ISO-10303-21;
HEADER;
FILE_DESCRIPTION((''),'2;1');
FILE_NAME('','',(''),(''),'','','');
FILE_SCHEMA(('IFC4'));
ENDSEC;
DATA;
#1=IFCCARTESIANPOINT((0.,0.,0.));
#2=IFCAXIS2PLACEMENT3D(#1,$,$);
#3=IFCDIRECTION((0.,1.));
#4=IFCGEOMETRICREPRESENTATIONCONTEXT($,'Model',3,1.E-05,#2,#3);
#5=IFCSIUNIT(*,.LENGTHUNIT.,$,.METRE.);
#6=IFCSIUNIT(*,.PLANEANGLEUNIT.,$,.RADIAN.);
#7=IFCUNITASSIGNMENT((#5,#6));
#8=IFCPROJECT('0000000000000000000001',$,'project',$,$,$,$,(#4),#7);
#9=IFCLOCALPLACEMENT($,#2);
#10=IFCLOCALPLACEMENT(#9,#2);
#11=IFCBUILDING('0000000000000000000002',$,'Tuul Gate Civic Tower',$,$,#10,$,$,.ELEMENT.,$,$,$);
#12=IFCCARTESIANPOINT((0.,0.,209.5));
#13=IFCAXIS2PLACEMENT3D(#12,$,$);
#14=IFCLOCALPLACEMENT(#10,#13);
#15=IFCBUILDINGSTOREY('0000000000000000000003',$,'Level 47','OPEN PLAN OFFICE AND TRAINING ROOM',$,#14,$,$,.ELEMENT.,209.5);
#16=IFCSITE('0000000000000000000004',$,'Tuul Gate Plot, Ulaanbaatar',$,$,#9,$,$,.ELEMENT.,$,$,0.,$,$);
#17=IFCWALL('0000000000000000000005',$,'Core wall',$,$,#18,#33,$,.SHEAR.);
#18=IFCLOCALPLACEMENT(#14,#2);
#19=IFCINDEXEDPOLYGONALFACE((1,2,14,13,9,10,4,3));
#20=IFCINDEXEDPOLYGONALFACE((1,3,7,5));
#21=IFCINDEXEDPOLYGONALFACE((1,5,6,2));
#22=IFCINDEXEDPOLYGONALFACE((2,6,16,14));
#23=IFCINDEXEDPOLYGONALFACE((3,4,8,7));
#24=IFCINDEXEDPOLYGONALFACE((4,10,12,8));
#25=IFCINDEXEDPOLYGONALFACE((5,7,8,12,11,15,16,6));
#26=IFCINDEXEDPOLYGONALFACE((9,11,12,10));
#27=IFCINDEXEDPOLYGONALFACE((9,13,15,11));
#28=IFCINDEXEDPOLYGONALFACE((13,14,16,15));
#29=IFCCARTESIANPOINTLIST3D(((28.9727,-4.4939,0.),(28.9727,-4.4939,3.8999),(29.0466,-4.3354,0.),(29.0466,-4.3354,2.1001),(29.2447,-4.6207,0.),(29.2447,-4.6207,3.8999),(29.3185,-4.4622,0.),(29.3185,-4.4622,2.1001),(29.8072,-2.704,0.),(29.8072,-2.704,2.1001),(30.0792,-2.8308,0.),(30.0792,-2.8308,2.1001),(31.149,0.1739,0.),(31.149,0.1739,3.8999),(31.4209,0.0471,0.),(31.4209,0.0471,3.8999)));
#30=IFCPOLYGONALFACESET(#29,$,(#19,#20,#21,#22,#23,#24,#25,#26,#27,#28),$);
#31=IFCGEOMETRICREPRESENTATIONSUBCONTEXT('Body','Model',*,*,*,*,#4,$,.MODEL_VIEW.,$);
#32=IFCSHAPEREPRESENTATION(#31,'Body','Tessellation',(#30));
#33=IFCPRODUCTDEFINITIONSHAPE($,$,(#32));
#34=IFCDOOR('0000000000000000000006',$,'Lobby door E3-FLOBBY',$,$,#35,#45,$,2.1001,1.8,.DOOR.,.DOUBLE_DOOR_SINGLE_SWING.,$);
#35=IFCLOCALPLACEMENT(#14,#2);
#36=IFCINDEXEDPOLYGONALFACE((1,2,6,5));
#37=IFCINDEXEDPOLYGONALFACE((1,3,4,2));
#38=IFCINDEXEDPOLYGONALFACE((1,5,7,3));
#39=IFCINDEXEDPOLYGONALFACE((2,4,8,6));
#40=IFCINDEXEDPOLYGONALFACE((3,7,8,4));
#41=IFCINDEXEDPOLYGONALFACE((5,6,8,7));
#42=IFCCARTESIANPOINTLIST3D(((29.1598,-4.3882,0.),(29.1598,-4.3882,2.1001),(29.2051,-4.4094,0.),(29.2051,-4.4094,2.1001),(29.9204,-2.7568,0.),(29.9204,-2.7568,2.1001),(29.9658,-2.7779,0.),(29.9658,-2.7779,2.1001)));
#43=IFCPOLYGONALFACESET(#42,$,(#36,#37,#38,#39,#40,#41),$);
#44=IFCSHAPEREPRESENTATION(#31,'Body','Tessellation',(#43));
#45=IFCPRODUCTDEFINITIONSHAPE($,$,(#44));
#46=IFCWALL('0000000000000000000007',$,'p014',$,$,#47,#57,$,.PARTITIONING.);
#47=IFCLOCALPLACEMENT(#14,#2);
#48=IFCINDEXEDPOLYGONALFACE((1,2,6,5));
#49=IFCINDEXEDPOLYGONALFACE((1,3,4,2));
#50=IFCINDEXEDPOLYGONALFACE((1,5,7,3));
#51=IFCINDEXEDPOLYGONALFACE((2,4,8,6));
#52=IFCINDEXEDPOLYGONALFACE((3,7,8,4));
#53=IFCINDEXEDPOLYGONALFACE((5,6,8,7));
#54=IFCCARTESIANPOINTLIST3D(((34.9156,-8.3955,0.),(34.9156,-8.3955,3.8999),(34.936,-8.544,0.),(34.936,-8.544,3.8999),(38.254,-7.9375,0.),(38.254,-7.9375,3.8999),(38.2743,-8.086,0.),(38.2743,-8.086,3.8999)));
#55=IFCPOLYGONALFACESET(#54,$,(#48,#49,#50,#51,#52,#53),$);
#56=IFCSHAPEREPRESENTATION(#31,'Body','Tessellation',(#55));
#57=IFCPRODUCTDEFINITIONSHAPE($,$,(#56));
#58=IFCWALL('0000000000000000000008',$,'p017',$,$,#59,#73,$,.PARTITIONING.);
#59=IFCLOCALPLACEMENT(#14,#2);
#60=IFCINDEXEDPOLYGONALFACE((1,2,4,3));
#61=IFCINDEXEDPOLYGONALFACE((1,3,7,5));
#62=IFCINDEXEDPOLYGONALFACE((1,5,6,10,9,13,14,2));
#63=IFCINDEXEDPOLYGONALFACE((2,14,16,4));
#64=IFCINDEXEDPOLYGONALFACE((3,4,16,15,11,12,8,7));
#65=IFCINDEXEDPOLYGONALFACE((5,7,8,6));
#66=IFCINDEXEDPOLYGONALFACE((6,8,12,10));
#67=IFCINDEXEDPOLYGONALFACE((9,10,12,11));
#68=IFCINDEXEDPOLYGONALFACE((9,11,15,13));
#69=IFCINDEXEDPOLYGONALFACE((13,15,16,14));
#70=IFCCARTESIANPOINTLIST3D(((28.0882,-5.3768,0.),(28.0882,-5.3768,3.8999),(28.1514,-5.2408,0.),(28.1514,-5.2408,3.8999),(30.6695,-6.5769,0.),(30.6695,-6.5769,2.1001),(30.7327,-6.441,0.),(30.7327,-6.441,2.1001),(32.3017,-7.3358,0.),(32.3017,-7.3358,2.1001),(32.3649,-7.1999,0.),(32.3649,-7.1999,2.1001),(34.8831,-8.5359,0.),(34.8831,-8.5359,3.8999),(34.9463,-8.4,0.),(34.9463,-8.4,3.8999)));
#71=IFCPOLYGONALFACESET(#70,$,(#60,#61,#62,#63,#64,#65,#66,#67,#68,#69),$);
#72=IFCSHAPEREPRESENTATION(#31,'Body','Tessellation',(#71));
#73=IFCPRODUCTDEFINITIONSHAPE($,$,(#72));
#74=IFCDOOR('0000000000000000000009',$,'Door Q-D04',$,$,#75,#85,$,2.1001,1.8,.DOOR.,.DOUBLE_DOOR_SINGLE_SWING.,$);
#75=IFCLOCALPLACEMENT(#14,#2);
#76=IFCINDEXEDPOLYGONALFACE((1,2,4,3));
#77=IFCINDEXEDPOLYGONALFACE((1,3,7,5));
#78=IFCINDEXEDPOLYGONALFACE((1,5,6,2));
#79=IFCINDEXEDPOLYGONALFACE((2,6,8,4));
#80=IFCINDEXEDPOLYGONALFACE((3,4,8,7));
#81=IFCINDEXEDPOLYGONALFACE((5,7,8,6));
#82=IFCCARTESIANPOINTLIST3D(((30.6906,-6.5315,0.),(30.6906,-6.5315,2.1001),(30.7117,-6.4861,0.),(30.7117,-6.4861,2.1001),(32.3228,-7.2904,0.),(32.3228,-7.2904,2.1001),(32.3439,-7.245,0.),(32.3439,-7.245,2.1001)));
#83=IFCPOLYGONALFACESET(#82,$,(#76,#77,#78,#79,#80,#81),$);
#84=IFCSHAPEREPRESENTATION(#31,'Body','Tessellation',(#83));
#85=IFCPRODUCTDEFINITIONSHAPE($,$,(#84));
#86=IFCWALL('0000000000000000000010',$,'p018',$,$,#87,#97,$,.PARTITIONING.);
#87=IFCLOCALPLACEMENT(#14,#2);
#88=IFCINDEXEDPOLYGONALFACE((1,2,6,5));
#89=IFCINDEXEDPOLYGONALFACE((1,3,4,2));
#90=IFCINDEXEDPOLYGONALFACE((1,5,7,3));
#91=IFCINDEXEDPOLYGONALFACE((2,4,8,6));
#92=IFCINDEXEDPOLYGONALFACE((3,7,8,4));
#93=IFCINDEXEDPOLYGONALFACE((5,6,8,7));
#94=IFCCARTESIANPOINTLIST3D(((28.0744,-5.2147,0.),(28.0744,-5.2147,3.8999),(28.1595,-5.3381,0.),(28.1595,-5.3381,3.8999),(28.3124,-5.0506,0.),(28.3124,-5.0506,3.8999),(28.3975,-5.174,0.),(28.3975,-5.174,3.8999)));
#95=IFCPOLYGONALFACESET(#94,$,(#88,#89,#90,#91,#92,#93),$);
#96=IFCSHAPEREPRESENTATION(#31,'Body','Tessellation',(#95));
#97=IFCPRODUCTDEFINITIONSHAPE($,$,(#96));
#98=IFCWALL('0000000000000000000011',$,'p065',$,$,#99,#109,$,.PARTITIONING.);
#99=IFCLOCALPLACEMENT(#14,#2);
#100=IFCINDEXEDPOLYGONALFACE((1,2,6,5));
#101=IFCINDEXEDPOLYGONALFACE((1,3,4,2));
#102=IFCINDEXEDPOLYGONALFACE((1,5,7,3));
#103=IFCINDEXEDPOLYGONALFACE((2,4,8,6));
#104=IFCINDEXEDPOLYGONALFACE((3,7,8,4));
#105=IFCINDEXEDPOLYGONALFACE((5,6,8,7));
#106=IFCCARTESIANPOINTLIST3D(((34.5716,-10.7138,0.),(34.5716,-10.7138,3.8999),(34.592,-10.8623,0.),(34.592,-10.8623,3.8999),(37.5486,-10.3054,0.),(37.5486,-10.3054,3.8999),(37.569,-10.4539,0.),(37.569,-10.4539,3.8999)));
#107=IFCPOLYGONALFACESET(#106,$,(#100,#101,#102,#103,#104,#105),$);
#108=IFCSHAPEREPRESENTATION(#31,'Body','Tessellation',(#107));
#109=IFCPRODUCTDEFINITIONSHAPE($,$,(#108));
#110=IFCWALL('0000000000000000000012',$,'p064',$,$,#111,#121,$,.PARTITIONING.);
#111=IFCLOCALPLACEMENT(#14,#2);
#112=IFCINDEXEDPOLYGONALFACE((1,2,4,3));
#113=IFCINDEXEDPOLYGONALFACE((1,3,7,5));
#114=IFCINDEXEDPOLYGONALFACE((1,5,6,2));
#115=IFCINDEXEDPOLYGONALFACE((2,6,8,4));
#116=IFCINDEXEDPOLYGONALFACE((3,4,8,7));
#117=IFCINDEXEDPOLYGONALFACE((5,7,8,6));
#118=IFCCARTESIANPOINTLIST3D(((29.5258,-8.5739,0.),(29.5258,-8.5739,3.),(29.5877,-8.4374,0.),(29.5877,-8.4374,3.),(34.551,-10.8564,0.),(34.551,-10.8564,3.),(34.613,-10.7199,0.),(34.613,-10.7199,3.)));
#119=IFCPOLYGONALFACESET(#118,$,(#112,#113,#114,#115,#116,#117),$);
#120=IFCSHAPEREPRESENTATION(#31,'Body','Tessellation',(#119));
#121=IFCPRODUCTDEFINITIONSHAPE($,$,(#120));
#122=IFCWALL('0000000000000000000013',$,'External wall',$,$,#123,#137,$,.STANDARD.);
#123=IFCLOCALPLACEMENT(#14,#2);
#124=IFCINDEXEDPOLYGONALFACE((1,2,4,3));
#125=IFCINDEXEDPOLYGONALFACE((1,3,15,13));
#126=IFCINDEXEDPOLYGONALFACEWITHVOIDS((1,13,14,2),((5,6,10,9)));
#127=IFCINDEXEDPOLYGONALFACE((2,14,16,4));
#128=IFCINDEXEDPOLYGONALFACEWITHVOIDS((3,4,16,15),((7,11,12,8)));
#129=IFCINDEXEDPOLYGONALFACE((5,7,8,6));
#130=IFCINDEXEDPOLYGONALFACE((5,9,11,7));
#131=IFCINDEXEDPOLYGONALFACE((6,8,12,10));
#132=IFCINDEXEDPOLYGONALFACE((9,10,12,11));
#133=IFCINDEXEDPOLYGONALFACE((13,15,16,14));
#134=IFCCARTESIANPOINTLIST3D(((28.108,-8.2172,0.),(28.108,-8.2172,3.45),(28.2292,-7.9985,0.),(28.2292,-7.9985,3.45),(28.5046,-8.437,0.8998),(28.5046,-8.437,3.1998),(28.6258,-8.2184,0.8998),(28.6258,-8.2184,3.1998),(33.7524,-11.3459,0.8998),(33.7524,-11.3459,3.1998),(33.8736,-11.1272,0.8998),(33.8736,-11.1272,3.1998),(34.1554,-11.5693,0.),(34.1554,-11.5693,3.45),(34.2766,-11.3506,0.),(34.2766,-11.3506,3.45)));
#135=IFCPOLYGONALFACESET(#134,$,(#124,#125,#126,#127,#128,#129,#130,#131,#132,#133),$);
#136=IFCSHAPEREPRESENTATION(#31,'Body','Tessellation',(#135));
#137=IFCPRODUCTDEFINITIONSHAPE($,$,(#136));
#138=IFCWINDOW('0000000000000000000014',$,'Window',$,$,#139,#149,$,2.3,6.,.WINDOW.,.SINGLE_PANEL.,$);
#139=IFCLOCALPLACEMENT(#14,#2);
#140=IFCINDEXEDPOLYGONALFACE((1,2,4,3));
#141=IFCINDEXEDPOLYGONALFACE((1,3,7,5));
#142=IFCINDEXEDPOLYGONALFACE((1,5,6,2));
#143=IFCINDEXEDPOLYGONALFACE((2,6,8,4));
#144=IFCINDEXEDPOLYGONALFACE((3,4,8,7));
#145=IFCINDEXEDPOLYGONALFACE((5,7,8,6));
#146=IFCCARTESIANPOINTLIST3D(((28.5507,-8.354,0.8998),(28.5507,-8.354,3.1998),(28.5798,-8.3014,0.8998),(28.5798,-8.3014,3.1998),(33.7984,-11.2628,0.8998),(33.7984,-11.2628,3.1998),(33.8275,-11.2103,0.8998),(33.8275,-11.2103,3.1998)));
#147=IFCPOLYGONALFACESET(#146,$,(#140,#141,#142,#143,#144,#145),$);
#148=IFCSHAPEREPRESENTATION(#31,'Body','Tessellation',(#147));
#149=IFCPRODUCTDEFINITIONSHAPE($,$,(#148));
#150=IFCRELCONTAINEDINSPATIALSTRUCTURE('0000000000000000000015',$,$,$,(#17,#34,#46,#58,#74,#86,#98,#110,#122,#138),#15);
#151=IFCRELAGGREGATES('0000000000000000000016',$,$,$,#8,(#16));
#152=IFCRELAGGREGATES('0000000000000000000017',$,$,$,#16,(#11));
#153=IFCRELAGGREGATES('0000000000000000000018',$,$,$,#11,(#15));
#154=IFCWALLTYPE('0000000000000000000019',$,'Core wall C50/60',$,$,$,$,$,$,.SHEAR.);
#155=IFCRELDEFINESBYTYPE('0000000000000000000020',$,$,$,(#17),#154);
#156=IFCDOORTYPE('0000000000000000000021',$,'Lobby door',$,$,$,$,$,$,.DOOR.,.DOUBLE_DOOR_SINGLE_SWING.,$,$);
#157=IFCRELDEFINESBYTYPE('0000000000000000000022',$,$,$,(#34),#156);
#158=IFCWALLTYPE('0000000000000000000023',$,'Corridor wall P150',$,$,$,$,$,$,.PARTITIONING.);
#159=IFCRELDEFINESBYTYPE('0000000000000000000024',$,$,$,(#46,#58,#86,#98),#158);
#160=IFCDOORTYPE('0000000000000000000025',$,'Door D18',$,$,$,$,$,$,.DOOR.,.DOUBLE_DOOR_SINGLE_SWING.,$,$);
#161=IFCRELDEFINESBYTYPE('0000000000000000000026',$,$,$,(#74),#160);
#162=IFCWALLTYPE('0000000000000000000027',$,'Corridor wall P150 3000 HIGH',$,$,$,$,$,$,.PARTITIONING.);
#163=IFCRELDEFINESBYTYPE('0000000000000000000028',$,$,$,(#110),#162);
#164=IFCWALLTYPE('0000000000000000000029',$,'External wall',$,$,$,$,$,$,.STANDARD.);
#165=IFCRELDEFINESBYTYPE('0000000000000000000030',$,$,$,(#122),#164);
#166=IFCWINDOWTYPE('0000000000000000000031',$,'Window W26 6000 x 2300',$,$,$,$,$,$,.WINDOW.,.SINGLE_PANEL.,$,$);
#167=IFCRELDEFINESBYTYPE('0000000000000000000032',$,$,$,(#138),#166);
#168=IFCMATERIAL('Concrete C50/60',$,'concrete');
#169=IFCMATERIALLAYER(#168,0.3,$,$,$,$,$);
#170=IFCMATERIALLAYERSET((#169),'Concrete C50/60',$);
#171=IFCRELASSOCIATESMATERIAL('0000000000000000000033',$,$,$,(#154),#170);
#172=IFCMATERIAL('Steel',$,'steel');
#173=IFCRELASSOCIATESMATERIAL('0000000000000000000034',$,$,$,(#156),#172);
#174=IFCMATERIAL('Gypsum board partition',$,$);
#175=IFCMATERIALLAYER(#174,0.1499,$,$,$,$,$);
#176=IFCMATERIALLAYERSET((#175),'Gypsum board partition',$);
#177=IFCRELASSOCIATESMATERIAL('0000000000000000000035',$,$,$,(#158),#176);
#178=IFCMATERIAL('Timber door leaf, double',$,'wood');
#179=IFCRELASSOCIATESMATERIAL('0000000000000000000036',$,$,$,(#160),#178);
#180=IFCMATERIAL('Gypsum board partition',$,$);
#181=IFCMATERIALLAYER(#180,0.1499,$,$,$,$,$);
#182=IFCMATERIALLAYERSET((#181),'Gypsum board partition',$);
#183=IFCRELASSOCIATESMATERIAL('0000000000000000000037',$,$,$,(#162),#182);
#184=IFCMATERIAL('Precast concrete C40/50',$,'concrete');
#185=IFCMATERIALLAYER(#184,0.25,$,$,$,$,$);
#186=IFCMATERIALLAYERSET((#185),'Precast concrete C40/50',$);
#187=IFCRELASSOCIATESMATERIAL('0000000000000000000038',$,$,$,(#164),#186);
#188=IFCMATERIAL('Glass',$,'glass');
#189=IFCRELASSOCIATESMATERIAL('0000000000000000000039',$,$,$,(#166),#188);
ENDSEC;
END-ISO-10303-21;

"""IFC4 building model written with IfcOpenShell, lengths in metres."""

from ifc_helpers import new_model, si_unit, direction, frame, frame_2d, origin, place, context, subcontext, project, spatial, rectangle, extrude, material, layer, layer_set, type_object, element, fill, save


model = new_model("IFC4")

# Units and contexts
model_context = context("Model", 3, precision=1e-05, world=origin(), true_north=direction((0.0, 1.0)))
body_context = subcontext(model_context, "Body", "Model", "MODEL_VIEW")
ifc_project = project(units=[si_unit("LENGTHUNIT", "METRE"), si_unit("PLANEANGLEUNIT", "RADIAN")], contexts=[model_context])

# Site, building, storey
site_placement = place(None, origin())
site = spatial("IfcSite", under=ifc_project, at=site_placement, Name="Tuul Gate Plot, Ulaanbaatar", CompositionType="ELEMENT", RefElevation=0.0)
building_placement = place(site_placement, origin())
building = spatial("IfcBuilding", under=site, at=building_placement, Name="Tuul Gate Civic Tower", CompositionType="ELEMENT")
storey_placement = place(building_placement, frame((0.0, 0.0, 209.5)))
storey = spatial("IfcBuildingStorey", under=building, at=storey_placement, Name="Level 47", Description="OPEN PLAN OFFICE AND TRAINING ROOM", CompositionType="ELEMENT", Elevation=209.5)

# Shared definitions
ifc_material_1 = material(Name="Concrete C50/60", Category="concrete")
ifc_layer_1 = layer(ifc_material_1, 0.3)
ifc_layer_set_1 = layer_set([ifc_layer_1], Name="Concrete C50/60")
wall_type_1 = type_object("IfcWallType", Name="Core wall C50/60", PredefinedType="SHEAR", material=ifc_layer_set_1)
ifc_material_2 = material(Name="Steel", Category="steel")
door_type_1 = type_object("IfcDoorType", Name="Lobby door", OperationType="DOUBLE_DOOR_SINGLE_SWING", PredefinedType="DOOR", material=ifc_material_2)

# Wall, opening, door
wall_1_placement = place(storey_placement, frame((29.1086, -4.5574, 0.0), z_axis=(0.0, 0.0, 1.0), x_axis=(0.422566, 0.906332, 0.0)))
wall_1 = element("IfcWall", 1, at=wall_1_placement, inside=storey, type_object=wall_type_1, Name="Core wall", PredefinedType="SHEAR", context=body_context, shape_type="SweptSolid", body=[
    extrude(rectangle(XDim=5.1501, YDim=0.3, at=frame_2d((2.5752, 0.0))), origin(), (0.0, 0.0, 1.0), 3.8999),
])
opening_1_placement = place(wall_1_placement, frame((0.175, 0.0, 0.0)))
opening_1 = element("IfcOpeningElement", 2, at=opening_1_placement, cuts=wall_1, PredefinedType="OPENING", context=body_context, shape_type="SweptSolid", body=[
    extrude(rectangle(XDim=1.8, YDim=2.1001, at=frame_2d((0.8999, 1.05))), frame((0.0, 0.1602, 0.0), z_axis=(0.0, -1.0, 0.0), x_axis=(1.0, 0.0, 0.0)), (0.0, 0.0, 1.0), 0.3201),
])
door_1_placement = place(opening_1_placement, frame((1.8, 0.0, 0.0), z_axis=(0.0, 0.0, 1.0), x_axis=(-1.0, 0.0, 0.0)))
door_1 = element("IfcDoor", 3, at=door_1_placement, inside=storey, type_object=door_type_1, Name="Lobby door E3-FLOBBY", OperationType="DOUBLE_DOOR_SINGLE_SWING", OverallHeight=2.1001, OverallWidth=1.8, PredefinedType="DOOR", context=body_context, shape_type="SweptSolid", body=[
    extrude(rectangle(XDim=1.8, YDim=2.1001, at=frame_2d((0.9001, 1.05))), frame((0.0, 0.0249, 0.0), z_axis=(0.0, -1.0, 0.0), x_axis=(1.0, 0.0, 0.0)), (0.0, 0.0, 1.0), 0.05),
])
fill(opening_1, door_1)

# Wall
ifc_material_3 = material(Name="Gypsum board partition")
ifc_layer_2 = layer(ifc_material_3, 0.1499)
ifc_layer_set_2 = layer_set([ifc_layer_2], Name="Gypsum board partition")
wall_type_2 = type_object("IfcWallType", Name="Corridor wall P150", PredefinedType="PARTITIONING", material=ifc_layer_set_2)
wall_2_placement = place(storey_placement, frame((34.9258, -8.4697, 0.0), z_axis=(0.0, 0.0, 1.0), x_axis=(0.99072, 0.135921, 0.0)))
element("IfcWall", 4, at=wall_2_placement, inside=storey, type_object=wall_type_2, Name="p014", PredefinedType="PARTITIONING", context=body_context, shape_type="SweptSolid", body=[
    extrude(rectangle(XDim=3.3696, YDim=0.1499, at=frame_2d((1.6848, 0.0))), origin(), (0.0, 0.0, 1.0), 3.8999),
])

# Wall, opening, door
wall_3_placement = place(storey_placement, frame((28.1199, -5.3088, 0.0), z_axis=(0.0, 0.0, 1.0), x_axis=(0.906785, -0.421594, 0.0)))
wall_3 = element("IfcWall", 5, at=wall_3_placement, inside=storey, type_object=wall_type_2, Name="p017", PredefinedType="PARTITIONING", context=body_context, shape_type="SweptSolid", body=[
    extrude(rectangle(XDim=7.4934, YDim=0.1499, at=frame_2d((3.7466, 0.0))), origin(), (0.0, 0.0, 1.0), 3.8999),
])
opening_2_placement = place(wall_3_placement, frame((2.8467, 0.0, 0.0)))
opening_2 = element("IfcOpeningElement", 6, at=opening_2_placement, cuts=wall_3, PredefinedType="OPENING", context=body_context, shape_type="SweptSolid", body=[
    extrude(rectangle(XDim=1.8, YDim=2.1001, at=frame_2d((0.8999, 1.05))), frame((0.0, 0.085, 0.0), z_axis=(0.0, -1.0, 0.0), x_axis=(1.0, 0.0, 0.0)), (0.0, 0.0, 1.0), 0.1699),
])
ifc_material_4 = material(Name="Timber door leaf, double", Category="wood")
door_type_2 = type_object("IfcDoorType", Name="Door D18", OperationType="DOUBLE_DOOR_SINGLE_SWING", PredefinedType="DOOR", material=ifc_material_4)
door_2_placement = place(opening_2_placement, frame((1.8, 0.0, 0.0), z_axis=(0.0, 0.0, 1.0), x_axis=(-1.0, 0.0, 0.0)))
door_2 = element("IfcDoor", 7, at=door_2_placement, inside=storey, type_object=door_type_2, Name="Door Q-D04", OperationType="DOUBLE_DOOR_SINGLE_SWING", OverallHeight=2.1001, OverallWidth=1.8, PredefinedType="DOOR", context=body_context, shape_type="SweptSolid", body=[
    extrude(rectangle(XDim=1.8, YDim=2.1001, at=frame_2d((0.9001, 1.05))), frame((0.0, 0.0249, 0.0), z_axis=(0.0, -1.0, 0.0), x_axis=(1.0, 0.0, 0.0)), (0.0, 0.0, 1.0), 0.05),
])
fill(opening_2, door_2)

# Walls
wall_4_placement = place(storey_placement, frame((28.1169, -5.2764, 0.0), z_axis=(0.0, 0.0, 1.0), x_axis=(0.823376, 0.567496, 0.0)))
element("IfcWall", 8, at=wall_4_placement, inside=storey, type_object=wall_type_2, Name="p018", PredefinedType="PARTITIONING", context=body_context, shape_type="SweptSolid", body=[
    extrude(rectangle(XDim=0.2891, YDim=0.1499, at=frame_2d((0.1445, 0.0))), origin(), (0.0, 0.0, 1.0), 3.8999),
])
wall_5_placement = place(storey_placement, frame((34.5818, -10.7881, 0.0), z_axis=(0.0, 0.0, 1.0), x_axis=(0.990719, 0.135925, 0.0)))
element("IfcWall", 9, at=wall_5_placement, inside=storey, type_object=wall_type_2, Name="p065", PredefinedType="PARTITIONING", context=body_context, shape_type="SweptSolid", body=[
    extrude(rectangle(XDim=3.0049, YDim=0.1499, at=frame_2d((1.5024, 0.0))), origin(), (0.0, 0.0, 1.0), 3.8999),
])
ifc_material_5 = material(Name="Gypsum board partition")
ifc_layer_3 = layer(ifc_material_5, 0.1499)
ifc_layer_set_3 = layer_set([ifc_layer_3], Name="Gypsum board partition")
wall_type_3 = type_object("IfcWallType", Name="Corridor wall P150 3000 HIGH", PredefinedType="PARTITIONING", material=ifc_layer_set_3)
wall_6_placement = place(storey_placement, frame((29.5566, -8.5056, 0.0), z_axis=(0.0, 0.0, 1.0), x_axis=(0.910482, -0.41355, 0.0)))
element("IfcWall", 10, at=wall_6_placement, inside=storey, type_object=wall_type_3, Name="p064", PredefinedType="PARTITIONING", context=body_context, shape_type="SweptSolid", body=[
    extrude(rectangle(XDim=5.5193, YDim=0.1499, at=frame_2d((2.7598, 0.0))), origin(), (0.0, 0.0, 1.0), 3.0),
])

# Wall, opening, window
ifc_material_6 = material(Name="Precast concrete C40/50", Category="concrete")
ifc_layer_4 = layer(ifc_material_6, 0.25)
ifc_layer_set_4 = layer_set([ifc_layer_4], Name="Precast concrete C40/50")
wall_type_4 = type_object("IfcWallType", Name="External wall", PredefinedType="STANDARD", material=ifc_layer_set_4)
wall_7_placement = place(storey_placement, frame((28.1687, -8.1079, 0.0), z_axis=(0.0, 0.0, 1.0), x_axis=(0.874623, -0.484803, 0.0)))
wall_7 = element("IfcWall", 11, at=wall_7_placement, inside=storey, type_object=wall_type_4, Name="External wall", PredefinedType="STANDARD", context=body_context, shape_type="SweptSolid", body=[
    extrude(rectangle(XDim=6.9143, YDim=0.25, at=frame_2d((3.457, 0.0))), origin(), (0.0, 0.0, 1.0), 3.45),
])
opening_3_placement = place(wall_7_placement, frame((0.4534, 0.0, 0.8999)))
opening_3 = element("IfcOpeningElement", 12, at=opening_3_placement, cuts=wall_7, PredefinedType="OPENING", context=body_context, shape_type="SweptSolid", body=[
    extrude(rectangle(XDim=6.0, YDim=2.3, at=frame_2d((3.0, 1.1499))), frame((0.0, 0.135, 0.0), z_axis=(0.0, -1.0, 0.0), x_axis=(1.0, 0.0, 0.0)), (0.0, 0.0, 1.0), 0.27),
])
ifc_material_7 = material(Name="Glass", Category="glass")
window_type = type_object("IfcWindowType", Name="Window W26 6000 x 2300", PartitioningType="SINGLE_PANEL", PredefinedType="WINDOW", material=ifc_material_7)
window_1_placement = place(opening_3_placement, origin())
window_1 = element("IfcWindow", 13, at=window_1_placement, inside=storey, type_object=window_type, Name="Window", OverallHeight=2.3, OverallWidth=6.0, PartitioningType="SINGLE_PANEL", PredefinedType="WINDOW", context=body_context, shape_type="SweptSolid", body=[
    extrude(rectangle(XDim=6.0, YDim=2.3, at=frame_2d((3.0, 1.1499))), frame((0.0, 0.03, 0.0), z_axis=(0.0, -1.0, 0.0), x_axis=(1.0, 0.0, 0.0)), (0.0, 0.0, 1.0), 0.0601),
])
fill(opening_3, window_1)

save(model, "model.ifc")
